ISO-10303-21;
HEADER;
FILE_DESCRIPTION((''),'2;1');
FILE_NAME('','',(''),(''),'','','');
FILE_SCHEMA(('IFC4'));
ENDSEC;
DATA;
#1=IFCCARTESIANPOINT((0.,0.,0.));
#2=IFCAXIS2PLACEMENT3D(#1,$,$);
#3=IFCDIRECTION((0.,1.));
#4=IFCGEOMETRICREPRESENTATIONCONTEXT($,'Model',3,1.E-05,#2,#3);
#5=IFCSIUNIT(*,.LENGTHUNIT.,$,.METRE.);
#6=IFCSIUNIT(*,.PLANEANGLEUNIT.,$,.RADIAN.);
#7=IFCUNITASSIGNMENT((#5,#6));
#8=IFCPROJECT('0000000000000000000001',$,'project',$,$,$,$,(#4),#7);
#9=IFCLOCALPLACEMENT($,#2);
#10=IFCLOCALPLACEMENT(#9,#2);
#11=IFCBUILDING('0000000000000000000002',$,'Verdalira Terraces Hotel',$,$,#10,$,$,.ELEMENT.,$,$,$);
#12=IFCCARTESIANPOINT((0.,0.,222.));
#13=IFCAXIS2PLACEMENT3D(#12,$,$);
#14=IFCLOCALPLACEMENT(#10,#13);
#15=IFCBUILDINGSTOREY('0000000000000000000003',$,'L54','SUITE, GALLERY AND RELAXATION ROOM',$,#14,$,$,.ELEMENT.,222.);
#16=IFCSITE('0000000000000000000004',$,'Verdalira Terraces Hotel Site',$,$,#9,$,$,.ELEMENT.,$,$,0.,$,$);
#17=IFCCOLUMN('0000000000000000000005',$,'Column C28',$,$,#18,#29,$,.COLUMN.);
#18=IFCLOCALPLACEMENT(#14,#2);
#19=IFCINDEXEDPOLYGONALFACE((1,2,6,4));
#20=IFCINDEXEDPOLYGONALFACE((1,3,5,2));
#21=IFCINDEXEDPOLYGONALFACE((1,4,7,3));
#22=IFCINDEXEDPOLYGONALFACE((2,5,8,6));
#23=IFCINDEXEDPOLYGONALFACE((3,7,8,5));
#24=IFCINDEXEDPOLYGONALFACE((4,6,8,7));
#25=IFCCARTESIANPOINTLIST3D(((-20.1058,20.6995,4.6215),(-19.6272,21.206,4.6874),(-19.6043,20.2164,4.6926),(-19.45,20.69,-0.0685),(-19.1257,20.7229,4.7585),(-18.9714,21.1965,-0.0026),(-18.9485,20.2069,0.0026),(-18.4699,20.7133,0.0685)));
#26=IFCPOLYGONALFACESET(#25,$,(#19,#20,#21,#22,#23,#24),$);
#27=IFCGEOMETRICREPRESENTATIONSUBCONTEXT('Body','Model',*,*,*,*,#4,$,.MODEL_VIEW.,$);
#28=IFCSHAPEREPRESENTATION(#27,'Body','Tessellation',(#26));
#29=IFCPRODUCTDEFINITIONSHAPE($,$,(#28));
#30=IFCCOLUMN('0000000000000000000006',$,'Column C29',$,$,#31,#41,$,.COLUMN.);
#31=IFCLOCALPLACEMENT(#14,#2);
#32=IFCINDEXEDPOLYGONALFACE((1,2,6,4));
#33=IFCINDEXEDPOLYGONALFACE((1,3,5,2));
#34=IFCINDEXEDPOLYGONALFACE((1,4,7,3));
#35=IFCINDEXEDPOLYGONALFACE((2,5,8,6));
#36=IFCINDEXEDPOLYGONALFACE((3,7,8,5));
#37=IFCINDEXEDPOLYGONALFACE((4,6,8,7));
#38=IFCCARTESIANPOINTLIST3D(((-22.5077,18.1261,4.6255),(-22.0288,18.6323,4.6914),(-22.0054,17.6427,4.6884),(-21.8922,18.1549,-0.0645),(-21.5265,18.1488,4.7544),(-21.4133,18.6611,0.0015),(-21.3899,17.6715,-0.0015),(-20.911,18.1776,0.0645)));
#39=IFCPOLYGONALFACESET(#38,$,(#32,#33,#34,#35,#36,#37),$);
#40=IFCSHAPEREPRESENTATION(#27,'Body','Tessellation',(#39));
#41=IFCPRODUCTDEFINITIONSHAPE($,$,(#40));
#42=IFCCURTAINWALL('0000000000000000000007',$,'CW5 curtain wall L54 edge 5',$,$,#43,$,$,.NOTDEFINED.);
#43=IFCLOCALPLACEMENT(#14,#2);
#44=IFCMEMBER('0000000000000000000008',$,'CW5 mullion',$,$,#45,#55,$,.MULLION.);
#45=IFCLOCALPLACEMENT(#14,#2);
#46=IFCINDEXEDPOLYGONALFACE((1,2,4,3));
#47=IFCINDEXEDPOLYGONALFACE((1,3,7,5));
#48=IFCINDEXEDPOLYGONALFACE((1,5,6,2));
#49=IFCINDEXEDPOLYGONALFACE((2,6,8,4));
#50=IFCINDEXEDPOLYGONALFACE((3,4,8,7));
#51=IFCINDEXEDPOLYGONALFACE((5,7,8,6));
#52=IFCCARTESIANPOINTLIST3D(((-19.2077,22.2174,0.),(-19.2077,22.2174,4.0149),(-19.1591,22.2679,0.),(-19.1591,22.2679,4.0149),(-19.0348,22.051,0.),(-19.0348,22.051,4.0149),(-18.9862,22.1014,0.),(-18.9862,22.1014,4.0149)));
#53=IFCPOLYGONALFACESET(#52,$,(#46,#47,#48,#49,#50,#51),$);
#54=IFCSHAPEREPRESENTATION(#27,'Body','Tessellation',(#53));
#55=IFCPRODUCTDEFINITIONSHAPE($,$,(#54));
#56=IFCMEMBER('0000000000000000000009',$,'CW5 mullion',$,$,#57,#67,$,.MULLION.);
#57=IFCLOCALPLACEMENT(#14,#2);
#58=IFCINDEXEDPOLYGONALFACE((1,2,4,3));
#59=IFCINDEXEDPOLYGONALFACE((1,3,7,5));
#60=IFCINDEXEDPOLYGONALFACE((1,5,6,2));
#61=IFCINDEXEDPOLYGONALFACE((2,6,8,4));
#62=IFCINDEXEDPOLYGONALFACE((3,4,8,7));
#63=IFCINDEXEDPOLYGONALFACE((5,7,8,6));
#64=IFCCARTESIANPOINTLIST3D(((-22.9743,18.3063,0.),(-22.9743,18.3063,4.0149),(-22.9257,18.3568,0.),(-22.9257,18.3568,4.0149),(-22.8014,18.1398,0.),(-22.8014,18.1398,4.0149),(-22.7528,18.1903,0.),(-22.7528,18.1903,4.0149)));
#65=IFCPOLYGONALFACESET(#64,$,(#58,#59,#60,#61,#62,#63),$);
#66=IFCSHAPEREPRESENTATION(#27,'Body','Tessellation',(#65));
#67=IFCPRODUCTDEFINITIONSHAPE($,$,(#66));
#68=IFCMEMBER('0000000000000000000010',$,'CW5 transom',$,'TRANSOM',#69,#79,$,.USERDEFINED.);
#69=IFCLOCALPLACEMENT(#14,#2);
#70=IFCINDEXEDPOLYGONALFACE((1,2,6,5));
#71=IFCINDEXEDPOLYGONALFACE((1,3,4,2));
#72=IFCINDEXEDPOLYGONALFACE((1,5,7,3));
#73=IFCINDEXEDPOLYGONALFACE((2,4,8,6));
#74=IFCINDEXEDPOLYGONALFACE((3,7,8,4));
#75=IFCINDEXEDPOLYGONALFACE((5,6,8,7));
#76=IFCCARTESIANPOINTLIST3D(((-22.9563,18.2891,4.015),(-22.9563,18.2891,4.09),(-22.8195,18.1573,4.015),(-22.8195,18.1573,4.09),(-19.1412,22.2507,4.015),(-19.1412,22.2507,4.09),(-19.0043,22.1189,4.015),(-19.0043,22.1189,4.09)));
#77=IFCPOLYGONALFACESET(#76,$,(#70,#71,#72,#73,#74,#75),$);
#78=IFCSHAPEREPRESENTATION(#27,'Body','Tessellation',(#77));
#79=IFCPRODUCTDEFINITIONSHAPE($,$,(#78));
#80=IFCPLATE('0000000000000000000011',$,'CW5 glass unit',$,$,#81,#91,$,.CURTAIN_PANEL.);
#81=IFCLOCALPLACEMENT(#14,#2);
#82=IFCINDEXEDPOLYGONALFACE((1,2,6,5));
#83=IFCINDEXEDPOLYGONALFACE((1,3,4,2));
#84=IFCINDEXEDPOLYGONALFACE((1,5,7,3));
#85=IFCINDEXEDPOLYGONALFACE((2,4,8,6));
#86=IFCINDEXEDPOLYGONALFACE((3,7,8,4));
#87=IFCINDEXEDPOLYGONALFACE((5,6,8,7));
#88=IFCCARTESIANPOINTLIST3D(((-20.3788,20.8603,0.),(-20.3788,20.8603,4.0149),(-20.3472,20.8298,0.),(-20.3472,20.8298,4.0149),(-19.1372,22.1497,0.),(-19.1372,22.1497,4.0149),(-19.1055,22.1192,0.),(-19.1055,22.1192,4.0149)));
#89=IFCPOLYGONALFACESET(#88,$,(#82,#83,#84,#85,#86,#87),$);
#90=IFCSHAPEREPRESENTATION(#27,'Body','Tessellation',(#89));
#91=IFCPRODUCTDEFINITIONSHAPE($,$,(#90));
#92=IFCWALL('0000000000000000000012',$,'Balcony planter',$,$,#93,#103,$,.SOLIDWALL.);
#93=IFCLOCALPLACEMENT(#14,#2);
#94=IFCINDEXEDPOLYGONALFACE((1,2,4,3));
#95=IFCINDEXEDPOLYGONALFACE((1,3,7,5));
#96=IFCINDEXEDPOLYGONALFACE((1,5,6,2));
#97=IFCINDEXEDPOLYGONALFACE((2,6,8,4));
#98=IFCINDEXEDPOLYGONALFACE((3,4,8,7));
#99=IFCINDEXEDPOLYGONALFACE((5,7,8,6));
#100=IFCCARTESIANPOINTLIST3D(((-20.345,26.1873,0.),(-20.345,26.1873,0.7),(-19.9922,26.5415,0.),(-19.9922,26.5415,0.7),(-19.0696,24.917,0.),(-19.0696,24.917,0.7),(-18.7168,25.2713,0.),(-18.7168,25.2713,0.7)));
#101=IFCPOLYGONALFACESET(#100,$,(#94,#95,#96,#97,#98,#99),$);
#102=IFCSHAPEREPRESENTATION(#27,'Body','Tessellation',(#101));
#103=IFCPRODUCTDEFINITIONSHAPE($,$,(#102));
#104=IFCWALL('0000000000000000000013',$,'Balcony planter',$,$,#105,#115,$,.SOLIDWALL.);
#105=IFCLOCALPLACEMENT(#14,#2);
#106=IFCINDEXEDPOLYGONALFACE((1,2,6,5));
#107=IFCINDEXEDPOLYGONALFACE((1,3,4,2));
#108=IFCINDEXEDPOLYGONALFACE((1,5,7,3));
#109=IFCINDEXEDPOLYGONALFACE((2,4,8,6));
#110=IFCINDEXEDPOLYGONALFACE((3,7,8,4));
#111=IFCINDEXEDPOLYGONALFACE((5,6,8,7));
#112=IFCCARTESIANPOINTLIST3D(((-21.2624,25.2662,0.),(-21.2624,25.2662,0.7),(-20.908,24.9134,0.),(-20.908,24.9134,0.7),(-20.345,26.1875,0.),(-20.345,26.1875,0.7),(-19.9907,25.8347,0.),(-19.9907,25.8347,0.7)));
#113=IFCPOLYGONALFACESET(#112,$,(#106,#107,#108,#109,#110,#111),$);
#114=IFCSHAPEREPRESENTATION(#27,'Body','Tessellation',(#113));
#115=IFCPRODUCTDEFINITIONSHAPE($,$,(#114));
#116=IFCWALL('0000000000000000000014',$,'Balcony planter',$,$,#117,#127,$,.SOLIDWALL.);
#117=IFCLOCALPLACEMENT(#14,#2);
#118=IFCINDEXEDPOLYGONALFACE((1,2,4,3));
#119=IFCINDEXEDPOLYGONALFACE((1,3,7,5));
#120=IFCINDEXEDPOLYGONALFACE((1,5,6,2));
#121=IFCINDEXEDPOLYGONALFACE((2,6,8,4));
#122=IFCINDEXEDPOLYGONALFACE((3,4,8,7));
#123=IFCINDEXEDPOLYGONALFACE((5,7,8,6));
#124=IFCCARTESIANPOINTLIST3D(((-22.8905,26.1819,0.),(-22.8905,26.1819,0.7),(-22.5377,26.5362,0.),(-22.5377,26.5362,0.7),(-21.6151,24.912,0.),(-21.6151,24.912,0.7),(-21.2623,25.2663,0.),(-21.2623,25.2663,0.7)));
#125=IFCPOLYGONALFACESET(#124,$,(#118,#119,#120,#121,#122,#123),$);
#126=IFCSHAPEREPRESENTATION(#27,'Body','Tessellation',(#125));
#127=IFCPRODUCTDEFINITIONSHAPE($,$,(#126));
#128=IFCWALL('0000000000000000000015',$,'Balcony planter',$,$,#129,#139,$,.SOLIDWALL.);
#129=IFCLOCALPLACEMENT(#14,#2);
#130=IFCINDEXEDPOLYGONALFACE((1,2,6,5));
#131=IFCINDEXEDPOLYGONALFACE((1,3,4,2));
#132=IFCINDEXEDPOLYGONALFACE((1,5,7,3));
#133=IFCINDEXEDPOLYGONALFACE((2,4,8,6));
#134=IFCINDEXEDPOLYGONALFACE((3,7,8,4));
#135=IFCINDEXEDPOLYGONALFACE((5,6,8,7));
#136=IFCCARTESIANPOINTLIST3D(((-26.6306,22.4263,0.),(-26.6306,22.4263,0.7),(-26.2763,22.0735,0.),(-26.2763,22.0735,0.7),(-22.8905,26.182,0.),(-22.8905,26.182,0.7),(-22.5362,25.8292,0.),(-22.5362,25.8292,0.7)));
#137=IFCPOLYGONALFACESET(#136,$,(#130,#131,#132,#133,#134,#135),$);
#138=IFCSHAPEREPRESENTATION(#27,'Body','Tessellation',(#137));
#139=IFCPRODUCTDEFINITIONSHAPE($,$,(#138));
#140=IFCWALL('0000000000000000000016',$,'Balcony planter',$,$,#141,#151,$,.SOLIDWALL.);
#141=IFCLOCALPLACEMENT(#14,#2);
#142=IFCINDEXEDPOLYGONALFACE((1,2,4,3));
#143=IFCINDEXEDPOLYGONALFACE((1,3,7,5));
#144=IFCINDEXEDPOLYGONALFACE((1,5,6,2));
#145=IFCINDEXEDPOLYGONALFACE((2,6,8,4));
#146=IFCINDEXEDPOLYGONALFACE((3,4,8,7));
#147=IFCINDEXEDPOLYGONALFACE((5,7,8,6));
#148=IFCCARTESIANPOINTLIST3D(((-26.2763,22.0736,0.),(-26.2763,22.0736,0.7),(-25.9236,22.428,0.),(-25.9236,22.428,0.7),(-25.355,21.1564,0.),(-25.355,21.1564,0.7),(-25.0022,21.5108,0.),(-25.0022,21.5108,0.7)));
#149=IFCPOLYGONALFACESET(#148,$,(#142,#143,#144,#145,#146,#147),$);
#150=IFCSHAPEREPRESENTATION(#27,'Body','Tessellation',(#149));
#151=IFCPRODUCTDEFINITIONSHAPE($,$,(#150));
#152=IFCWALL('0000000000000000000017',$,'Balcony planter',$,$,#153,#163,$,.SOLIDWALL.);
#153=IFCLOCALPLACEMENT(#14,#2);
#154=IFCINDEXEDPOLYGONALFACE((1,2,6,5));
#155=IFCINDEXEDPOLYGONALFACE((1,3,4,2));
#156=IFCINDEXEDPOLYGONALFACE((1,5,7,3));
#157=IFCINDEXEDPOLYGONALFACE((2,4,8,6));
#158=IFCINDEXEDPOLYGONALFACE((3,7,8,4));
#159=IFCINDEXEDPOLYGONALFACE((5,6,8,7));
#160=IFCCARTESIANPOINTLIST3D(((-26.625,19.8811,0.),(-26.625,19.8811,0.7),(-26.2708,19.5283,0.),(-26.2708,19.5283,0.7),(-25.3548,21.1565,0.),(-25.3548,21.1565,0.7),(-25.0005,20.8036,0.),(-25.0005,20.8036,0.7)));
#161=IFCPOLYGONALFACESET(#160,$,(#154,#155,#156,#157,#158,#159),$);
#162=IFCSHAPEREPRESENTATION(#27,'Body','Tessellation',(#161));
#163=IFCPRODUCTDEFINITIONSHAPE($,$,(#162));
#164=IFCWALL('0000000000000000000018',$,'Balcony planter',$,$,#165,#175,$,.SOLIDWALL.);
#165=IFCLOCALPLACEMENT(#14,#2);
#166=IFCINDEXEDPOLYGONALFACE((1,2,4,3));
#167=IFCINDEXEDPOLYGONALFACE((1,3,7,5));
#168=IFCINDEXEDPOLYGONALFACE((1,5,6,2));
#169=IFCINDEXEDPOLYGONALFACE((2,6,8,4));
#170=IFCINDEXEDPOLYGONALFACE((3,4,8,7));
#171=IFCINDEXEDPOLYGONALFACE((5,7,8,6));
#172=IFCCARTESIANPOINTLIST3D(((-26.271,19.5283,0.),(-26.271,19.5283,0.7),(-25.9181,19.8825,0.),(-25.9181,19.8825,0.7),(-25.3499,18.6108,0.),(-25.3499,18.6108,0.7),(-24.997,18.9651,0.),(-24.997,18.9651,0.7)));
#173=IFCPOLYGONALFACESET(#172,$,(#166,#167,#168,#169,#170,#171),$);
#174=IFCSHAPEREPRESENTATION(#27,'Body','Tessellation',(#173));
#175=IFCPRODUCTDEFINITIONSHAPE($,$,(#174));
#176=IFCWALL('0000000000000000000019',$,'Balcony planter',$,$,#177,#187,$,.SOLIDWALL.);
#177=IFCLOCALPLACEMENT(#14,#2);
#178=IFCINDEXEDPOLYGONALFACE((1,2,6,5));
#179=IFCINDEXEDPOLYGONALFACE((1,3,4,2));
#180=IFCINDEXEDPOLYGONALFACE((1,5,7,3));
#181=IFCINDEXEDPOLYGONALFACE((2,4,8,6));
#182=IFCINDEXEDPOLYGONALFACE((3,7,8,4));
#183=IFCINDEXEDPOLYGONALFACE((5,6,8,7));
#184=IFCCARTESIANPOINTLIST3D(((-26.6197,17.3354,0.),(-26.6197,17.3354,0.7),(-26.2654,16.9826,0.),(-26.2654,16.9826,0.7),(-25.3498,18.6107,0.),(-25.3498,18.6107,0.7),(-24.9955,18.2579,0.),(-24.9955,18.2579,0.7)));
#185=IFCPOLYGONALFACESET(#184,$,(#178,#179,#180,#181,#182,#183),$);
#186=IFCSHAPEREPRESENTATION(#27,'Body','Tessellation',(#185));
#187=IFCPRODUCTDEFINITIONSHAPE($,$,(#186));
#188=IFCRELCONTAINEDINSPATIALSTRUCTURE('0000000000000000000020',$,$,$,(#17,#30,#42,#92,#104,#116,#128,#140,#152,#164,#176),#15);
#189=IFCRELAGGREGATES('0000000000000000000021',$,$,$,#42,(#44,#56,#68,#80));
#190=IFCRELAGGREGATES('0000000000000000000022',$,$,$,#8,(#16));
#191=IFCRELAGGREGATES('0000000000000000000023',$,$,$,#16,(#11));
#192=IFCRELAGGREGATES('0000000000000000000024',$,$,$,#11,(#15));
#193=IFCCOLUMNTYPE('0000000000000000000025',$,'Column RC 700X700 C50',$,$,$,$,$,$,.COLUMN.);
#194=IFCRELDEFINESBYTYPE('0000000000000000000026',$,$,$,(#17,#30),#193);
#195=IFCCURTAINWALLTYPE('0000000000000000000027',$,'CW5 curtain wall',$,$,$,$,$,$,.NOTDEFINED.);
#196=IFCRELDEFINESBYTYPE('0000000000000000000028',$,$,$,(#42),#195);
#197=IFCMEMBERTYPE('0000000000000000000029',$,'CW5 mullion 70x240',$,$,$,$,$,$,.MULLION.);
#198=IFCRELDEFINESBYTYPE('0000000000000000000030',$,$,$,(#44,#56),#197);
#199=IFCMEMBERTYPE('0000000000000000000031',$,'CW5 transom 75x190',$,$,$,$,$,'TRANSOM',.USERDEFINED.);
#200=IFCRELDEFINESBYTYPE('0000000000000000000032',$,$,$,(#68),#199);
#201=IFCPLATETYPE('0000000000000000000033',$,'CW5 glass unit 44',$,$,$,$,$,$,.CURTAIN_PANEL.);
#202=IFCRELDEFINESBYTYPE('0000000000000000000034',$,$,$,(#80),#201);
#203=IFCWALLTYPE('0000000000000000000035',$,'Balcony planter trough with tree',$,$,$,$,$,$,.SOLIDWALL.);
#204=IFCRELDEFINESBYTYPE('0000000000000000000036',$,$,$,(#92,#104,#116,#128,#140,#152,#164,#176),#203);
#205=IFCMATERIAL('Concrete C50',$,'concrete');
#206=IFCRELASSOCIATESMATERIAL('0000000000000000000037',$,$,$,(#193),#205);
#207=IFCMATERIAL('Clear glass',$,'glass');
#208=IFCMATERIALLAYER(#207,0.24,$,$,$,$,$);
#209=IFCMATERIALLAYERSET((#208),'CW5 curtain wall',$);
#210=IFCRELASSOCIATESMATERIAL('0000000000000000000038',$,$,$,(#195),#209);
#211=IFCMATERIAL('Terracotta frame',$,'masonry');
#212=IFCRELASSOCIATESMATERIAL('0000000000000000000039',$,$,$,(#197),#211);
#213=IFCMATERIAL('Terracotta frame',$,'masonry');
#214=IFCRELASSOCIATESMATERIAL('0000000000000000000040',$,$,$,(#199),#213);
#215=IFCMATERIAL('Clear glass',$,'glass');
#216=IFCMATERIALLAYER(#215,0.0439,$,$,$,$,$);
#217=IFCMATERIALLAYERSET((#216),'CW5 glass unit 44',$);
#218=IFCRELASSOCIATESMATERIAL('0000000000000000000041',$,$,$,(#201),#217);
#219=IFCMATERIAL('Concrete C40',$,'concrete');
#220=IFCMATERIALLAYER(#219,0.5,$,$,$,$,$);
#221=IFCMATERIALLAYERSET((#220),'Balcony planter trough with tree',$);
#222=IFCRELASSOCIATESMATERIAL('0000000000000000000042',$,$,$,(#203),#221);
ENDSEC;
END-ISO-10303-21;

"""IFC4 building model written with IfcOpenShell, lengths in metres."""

from ifc_helpers import new_model, si_unit, direction, frame, frame_2d, origin, origin_2d, place, context, subcontext, project, spatial, rectangle, extrude, material, layer, layer_set, material_profile, profile_set, type_object, element, aggregate, save


model = new_model("IFC4")

# Units and contexts
model_context = context("Model", 3, precision=1e-05, world=origin(), true_north=direction((0.0, 1.0)))
body_context = subcontext(model_context, "Body", "Model", "MODEL_VIEW")
ifc_project = project(units=[si_unit("LENGTHUNIT", "METRE"), si_unit("PLANEANGLEUNIT", "RADIAN")], contexts=[model_context])

# Site, building, storey
site_placement = place(None, origin())
site = spatial("IfcSite", under=ifc_project, at=site_placement, Name="Verdalira Terraces Hotel Site", CompositionType="ELEMENT", RefElevation=0.0)
building_placement = place(site_placement, origin())
building = spatial("IfcBuilding", under=site, at=building_placement, Name="Verdalira Terraces Hotel", CompositionType="ELEMENT")
storey_placement = place(building_placement, frame((0.0, 0.0, 222.0)))
storey = spatial("IfcBuildingStorey", under=building, at=storey_placement, Name="L54", Description="SUITE, GALLERY AND RELAXATION ROOM", CompositionType="ELEMENT", Elevation=222.0)

# Columns
ifc_material_1 = material(Name="Concrete C50", Category="concrete")
ifc_material_profile_1 = material_profile(ifc_material_1, rectangle(XDim=0.7, YDim=0.7, at=origin_2d()), Name="RC 700X700")
ifc_profile_set_1 = profile_set([ifc_material_profile_1], Name="Concrete C50")
column_type = type_object("IfcColumnType", Name="Column RC 700X700 C50", PredefinedType="COLUMN", material=ifc_profile_set_1)
column_1_placement = place(storey_placement, frame((-18.96, 20.7017, 0.0), z_axis=(-0.138476, 0.002011, 0.990364), x_axis=(-0.683777, -0.723593, -0.094139)))
element("IfcColumn", 1, at=column_1_placement, inside=storey, type_object=column_type, Name="Column C28", PredefinedType="COLUMN", context=body_context, shape_type="SweptSolid", body=[
    extrude(rectangle(XDim=0.7, YDim=0.7, at=origin_2d()), origin(), (0.0, 0.0, 1.0), 4.7356),
])
column_2_placement = place(storey_placement, frame((-21.4016, 18.1663, 0.0), z_axis=(-0.130116, -0.00609, 0.99148), x_axis=(-0.68423, -0.723152, -0.094236)))
element("IfcColumn", 2, at=column_2_placement, inside=storey, type_object=column_type, Name="Column C29", PredefinedType="COLUMN", context=body_context, shape_type="SweptSolid", body=[
    extrude(rectangle(XDim=0.7, YDim=0.7, at=origin_2d()), origin(), (0.0, 0.0, 1.0), 4.7302),
])

# Curtain wall, members, plate
ifc_material_2 = material(Name="Clear glass", Category="glass")
ifc_layer_1 = layer(ifc_material_2, 0.24)
ifc_layer_set_1 = layer_set([ifc_layer_1], Name="CW5 curtain wall")
curtain_wall_type = type_object("IfcCurtainWallType", Name="CW5 curtain wall", PredefinedType="NOTDEFINED", material=ifc_layer_set_1)
curtain_wall_placement = place(storey_placement, origin())
curtain_wall = element("IfcCurtainWall", 3, at=curtain_wall_placement, inside=storey, type_object=curtain_wall_type, Name="CW5 curtain wall L54 edge 5", PredefinedType="NOTDEFINED")
ifc_material_3 = material(Name="Terracotta frame", Category="masonry")
ifc_material_profile_2 = material_profile(ifc_material_3, rectangle(XDim=0.0701, YDim=0.24, at=origin_2d()), Name="MU 70x240")
ifc_profile_set_2 = profile_set([ifc_material_profile_2], Name="Terracotta frame")
member_type_1 = type_object("IfcMemberType", Name="CW5 mullion 70x240", PredefinedType="MULLION", material=ifc_profile_set_2)
member_1_placement = place(storey_placement, frame((-19.0969, 22.1594, 0.0), z_axis=(0.0, 0.0, 1.0), x_axis=(-0.693653, -0.720309, 0.0)))
member_1 = element("IfcMember", 4, at=member_1_placement, type_object=member_type_1, Name="CW5 mullion", PredefinedType="MULLION", context=body_context, shape_type="SweptSolid", body=[
    extrude(rectangle(XDim=0.0701, YDim=0.24, at=origin_2d()), origin(), (0.0, 0.0, 1.0), 4.0149),
])
member_2_placement = place(storey_placement, frame((-22.8635, 18.2483, 0.0), z_axis=(0.0, 0.0, 1.0), x_axis=(-0.693653, -0.720309, 0.0)))
member_2 = element("IfcMember", 5, at=member_2_placement, type_object=member_type_1, Name="CW5 mullion", PredefinedType="MULLION", context=body_context, shape_type="SweptSolid", body=[
    extrude(rectangle(XDim=0.0701, YDim=0.24, at=origin_2d()), origin(), (0.0, 0.0, 1.0), 4.0149),
])
ifc_material_4 = material(Name="Terracotta frame", Category="masonry")
ifc_material_profile_3 = material_profile(ifc_material_4, rectangle(XDim=0.1899, YDim=0.075, at=origin_2d()), Name="TR 75x190")
ifc_profile_set_3 = profile_set([ifc_material_profile_3], Name="Terracotta frame")
member_type_2 = type_object("IfcMemberType", Name="CW5 transom 75x190", ElementType="TRANSOM", PredefinedType="USERDEFINED", material=ifc_profile_set_3)
member_3_placement = place(storey_placement, frame((-19.0728, 22.1848, 4.0525), z_axis=(-0.693665, -0.720298, 0.0), x_axis=(0.720298, -0.693665, 0.0)))
member_3 = element("IfcMember", 6, at=member_3_placement, type_object=member_type_2, Name="CW5 transom", ObjectType="TRANSOM", PredefinedType="USERDEFINED", context=body_context, shape_type="SweptSolid", body=[
    extrude(rectangle(XDim=0.1899, YDim=0.075, at=origin_2d()), origin(), (0.0, 0.0, 1.0), 5.5),
])
ifc_material_5 = material(Name="Clear glass", Category="glass")
ifc_layer_2 = layer(ifc_material_5, 0.0439)
ifc_layer_set_2 = layer_set([ifc_layer_2], Name="CW5 glass unit 44")
plate_type = type_object("IfcPlateType", Name="CW5 glass unit 44", PredefinedType="CURTAIN_PANEL", material=ifc_layer_set_2)
plate_placement = place(storey_placement, frame((-19.7422, 21.4897, 0.0), z_axis=(0.0, 0.0, 1.0), x_axis=(-0.693653, -0.720309, 0.0)))
plate = element("IfcPlate", 7, at=plate_placement, type_object=plate_type, Name="CW5 glass unit", PredefinedType="CURTAIN_PANEL", context=body_context, shape_type="SweptSolid", body=[
    extrude(rectangle(XDim=1.79, YDim=0.0439, at=origin_2d()), origin(), (0.0, 0.0, 1.0), 4.0149),
])
aggregate(curtain_wall, [member_1, member_2, member_3, plate])

# Walls
ifc_material_6 = material(Name="Concrete C40", Category="concrete")
ifc_layer_3 = layer(ifc_material_6, 0.5)
ifc_layer_set_3 = layer_set([ifc_layer_3], Name="Balcony planter trough with tree")
wall_type_1 = type_object("IfcWallType", Name="Balcony planter trough with tree", PredefinedType="SOLIDWALL", material=ifc_layer_set_3)
wall_1_placement = place(storey_placement, frame((-18.8933, 25.0942, 0.0), z_axis=(0.0, 0.0, 1.0), x_axis=(-0.708529, 0.705681, 0.0)))
element("IfcWall", 8, at=wall_1_placement, inside=storey, type_object=wall_type_1, Name="Balcony planter", PredefinedType="SOLIDWALL", context=body_context, shape_type="SweptSolid", body=[
    extrude(rectangle(XDim=1.8, YDim=0.5, at=frame_2d((0.8999, 0.0))), origin(), (0.0, 0.0, 1.0), 0.7),
])
wall_2_placement = place(storey_placement, frame((-20.168, 26.011, 0.0), z_axis=(0.0, 0.0, 1.0), x_axis=(-0.705603, -0.708608, 0.0)))
element("IfcWall", 9, at=wall_2_placement, inside=storey, type_object=wall_type_1, Name="Balcony planter", PredefinedType="SOLIDWALL", context=body_context, shape_type="SweptSolid", body=[
    extrude(rectangle(XDim=1.3, YDim=0.5, at=frame_2d((0.6499, 0.0))), origin(), (0.0, 0.0, 1.0), 0.7),
])
wall_3_placement = place(storey_placement, frame((-21.4387, 25.0891, 0.0), z_axis=(0.0, 0.0, 1.0), x_axis=(-0.708597, 0.705613, 0.0)))
element("IfcWall", 10, at=wall_3_placement, inside=storey, type_object=wall_type_1, Name="Balcony planter", PredefinedType="SOLIDWALL", context=body_context, shape_type="SweptSolid", body=[
    extrude(rectangle(XDim=1.7998, YDim=0.5, at=frame_2d((0.8999, 0.0))), origin(), (0.0, 0.0, 1.0), 0.7),
])
wall_4_placement = place(storey_placement, frame((-22.7134, 26.0056, 0.0), z_axis=(0.0, 0.0, 1.0), x_axis=(-0.705631, -0.708579, 0.0)))
element("IfcWall", 11, at=wall_4_placement, inside=storey, type_object=wall_type_1, Name="Balcony planter", PredefinedType="SOLIDWALL", context=body_context, shape_type="SweptSolid", body=[
    extrude(rectangle(XDim=5.3003, YDim=0.5, at=frame_2d((2.6501, 0.0))), origin(), (0.0, 0.0, 1.0), 0.7),
])
wall_5_placement = place(storey_placement, frame((-26.0999, 22.2507, 0.0), z_axis=(0.0, 0.0, 1.0), x_axis=(0.708701, -0.705509, 0.0)))
element("IfcWall", 12, at=wall_5_placement, inside=storey, type_object=wall_type_1, Name="Balcony planter", PredefinedType="SOLIDWALL", context=body_context, shape_type="SweptSolid", body=[
    extrude(rectangle(XDim=1.3, YDim=0.5, at=frame_2d((0.6499, 0.0))), origin(), (0.0, 0.0, 1.0), 0.7),
])
wall_6_placement = place(storey_placement, frame((-25.1777, 20.98, 0.0), z_axis=(0.0, 0.0, 1.0), x_axis=(-0.705681, -0.708529, 0.0)))
element("IfcWall", 13, at=wall_6_placement, inside=storey, type_object=wall_type_1, Name="Balcony planter", PredefinedType="SOLIDWALL", context=body_context, shape_type="SweptSolid", body=[
    extrude(rectangle(XDim=1.8, YDim=0.5, at=frame_2d((0.8999, 0.0))), origin(), (0.0, 0.0, 1.0), 0.7),
])
wall_7_placement = place(storey_placement, frame((-26.0945, 19.7053, 0.0), z_axis=(0.0, 0.0, 1.0), x_axis=(0.708514, -0.705697, 0.0)))
element("IfcWall", 14, at=wall_7_placement, inside=storey, type_object=wall_type_1, Name="Balcony planter", PredefinedType="SOLIDWALL", context=body_context, shape_type="SweptSolid", body=[
    extrude(rectangle(XDim=1.3, YDim=0.5, at=frame_2d((0.6499, 0.0))), origin(), (0.0, 0.0, 1.0), 0.7),
])
wall_8_placement = place(storey_placement, frame((-25.1726, 18.4343, 0.0), z_axis=(0.0, 0.0, 1.0), x_axis=(-0.705613, -0.708597, 0.0)))
element("IfcWall", 15, at=wall_8_placement, inside=storey, type_object=wall_type_1, Name="Balcony planter", PredefinedType="SOLIDWALL", context=body_context, shape_type="SweptSolid", body=[
    extrude(rectangle(XDim=1.7998, YDim=0.5, at=frame_2d((0.8999, 0.0))), origin(), (0.0, 0.0, 1.0), 0.7),
])

save(model, "model.ifc")
